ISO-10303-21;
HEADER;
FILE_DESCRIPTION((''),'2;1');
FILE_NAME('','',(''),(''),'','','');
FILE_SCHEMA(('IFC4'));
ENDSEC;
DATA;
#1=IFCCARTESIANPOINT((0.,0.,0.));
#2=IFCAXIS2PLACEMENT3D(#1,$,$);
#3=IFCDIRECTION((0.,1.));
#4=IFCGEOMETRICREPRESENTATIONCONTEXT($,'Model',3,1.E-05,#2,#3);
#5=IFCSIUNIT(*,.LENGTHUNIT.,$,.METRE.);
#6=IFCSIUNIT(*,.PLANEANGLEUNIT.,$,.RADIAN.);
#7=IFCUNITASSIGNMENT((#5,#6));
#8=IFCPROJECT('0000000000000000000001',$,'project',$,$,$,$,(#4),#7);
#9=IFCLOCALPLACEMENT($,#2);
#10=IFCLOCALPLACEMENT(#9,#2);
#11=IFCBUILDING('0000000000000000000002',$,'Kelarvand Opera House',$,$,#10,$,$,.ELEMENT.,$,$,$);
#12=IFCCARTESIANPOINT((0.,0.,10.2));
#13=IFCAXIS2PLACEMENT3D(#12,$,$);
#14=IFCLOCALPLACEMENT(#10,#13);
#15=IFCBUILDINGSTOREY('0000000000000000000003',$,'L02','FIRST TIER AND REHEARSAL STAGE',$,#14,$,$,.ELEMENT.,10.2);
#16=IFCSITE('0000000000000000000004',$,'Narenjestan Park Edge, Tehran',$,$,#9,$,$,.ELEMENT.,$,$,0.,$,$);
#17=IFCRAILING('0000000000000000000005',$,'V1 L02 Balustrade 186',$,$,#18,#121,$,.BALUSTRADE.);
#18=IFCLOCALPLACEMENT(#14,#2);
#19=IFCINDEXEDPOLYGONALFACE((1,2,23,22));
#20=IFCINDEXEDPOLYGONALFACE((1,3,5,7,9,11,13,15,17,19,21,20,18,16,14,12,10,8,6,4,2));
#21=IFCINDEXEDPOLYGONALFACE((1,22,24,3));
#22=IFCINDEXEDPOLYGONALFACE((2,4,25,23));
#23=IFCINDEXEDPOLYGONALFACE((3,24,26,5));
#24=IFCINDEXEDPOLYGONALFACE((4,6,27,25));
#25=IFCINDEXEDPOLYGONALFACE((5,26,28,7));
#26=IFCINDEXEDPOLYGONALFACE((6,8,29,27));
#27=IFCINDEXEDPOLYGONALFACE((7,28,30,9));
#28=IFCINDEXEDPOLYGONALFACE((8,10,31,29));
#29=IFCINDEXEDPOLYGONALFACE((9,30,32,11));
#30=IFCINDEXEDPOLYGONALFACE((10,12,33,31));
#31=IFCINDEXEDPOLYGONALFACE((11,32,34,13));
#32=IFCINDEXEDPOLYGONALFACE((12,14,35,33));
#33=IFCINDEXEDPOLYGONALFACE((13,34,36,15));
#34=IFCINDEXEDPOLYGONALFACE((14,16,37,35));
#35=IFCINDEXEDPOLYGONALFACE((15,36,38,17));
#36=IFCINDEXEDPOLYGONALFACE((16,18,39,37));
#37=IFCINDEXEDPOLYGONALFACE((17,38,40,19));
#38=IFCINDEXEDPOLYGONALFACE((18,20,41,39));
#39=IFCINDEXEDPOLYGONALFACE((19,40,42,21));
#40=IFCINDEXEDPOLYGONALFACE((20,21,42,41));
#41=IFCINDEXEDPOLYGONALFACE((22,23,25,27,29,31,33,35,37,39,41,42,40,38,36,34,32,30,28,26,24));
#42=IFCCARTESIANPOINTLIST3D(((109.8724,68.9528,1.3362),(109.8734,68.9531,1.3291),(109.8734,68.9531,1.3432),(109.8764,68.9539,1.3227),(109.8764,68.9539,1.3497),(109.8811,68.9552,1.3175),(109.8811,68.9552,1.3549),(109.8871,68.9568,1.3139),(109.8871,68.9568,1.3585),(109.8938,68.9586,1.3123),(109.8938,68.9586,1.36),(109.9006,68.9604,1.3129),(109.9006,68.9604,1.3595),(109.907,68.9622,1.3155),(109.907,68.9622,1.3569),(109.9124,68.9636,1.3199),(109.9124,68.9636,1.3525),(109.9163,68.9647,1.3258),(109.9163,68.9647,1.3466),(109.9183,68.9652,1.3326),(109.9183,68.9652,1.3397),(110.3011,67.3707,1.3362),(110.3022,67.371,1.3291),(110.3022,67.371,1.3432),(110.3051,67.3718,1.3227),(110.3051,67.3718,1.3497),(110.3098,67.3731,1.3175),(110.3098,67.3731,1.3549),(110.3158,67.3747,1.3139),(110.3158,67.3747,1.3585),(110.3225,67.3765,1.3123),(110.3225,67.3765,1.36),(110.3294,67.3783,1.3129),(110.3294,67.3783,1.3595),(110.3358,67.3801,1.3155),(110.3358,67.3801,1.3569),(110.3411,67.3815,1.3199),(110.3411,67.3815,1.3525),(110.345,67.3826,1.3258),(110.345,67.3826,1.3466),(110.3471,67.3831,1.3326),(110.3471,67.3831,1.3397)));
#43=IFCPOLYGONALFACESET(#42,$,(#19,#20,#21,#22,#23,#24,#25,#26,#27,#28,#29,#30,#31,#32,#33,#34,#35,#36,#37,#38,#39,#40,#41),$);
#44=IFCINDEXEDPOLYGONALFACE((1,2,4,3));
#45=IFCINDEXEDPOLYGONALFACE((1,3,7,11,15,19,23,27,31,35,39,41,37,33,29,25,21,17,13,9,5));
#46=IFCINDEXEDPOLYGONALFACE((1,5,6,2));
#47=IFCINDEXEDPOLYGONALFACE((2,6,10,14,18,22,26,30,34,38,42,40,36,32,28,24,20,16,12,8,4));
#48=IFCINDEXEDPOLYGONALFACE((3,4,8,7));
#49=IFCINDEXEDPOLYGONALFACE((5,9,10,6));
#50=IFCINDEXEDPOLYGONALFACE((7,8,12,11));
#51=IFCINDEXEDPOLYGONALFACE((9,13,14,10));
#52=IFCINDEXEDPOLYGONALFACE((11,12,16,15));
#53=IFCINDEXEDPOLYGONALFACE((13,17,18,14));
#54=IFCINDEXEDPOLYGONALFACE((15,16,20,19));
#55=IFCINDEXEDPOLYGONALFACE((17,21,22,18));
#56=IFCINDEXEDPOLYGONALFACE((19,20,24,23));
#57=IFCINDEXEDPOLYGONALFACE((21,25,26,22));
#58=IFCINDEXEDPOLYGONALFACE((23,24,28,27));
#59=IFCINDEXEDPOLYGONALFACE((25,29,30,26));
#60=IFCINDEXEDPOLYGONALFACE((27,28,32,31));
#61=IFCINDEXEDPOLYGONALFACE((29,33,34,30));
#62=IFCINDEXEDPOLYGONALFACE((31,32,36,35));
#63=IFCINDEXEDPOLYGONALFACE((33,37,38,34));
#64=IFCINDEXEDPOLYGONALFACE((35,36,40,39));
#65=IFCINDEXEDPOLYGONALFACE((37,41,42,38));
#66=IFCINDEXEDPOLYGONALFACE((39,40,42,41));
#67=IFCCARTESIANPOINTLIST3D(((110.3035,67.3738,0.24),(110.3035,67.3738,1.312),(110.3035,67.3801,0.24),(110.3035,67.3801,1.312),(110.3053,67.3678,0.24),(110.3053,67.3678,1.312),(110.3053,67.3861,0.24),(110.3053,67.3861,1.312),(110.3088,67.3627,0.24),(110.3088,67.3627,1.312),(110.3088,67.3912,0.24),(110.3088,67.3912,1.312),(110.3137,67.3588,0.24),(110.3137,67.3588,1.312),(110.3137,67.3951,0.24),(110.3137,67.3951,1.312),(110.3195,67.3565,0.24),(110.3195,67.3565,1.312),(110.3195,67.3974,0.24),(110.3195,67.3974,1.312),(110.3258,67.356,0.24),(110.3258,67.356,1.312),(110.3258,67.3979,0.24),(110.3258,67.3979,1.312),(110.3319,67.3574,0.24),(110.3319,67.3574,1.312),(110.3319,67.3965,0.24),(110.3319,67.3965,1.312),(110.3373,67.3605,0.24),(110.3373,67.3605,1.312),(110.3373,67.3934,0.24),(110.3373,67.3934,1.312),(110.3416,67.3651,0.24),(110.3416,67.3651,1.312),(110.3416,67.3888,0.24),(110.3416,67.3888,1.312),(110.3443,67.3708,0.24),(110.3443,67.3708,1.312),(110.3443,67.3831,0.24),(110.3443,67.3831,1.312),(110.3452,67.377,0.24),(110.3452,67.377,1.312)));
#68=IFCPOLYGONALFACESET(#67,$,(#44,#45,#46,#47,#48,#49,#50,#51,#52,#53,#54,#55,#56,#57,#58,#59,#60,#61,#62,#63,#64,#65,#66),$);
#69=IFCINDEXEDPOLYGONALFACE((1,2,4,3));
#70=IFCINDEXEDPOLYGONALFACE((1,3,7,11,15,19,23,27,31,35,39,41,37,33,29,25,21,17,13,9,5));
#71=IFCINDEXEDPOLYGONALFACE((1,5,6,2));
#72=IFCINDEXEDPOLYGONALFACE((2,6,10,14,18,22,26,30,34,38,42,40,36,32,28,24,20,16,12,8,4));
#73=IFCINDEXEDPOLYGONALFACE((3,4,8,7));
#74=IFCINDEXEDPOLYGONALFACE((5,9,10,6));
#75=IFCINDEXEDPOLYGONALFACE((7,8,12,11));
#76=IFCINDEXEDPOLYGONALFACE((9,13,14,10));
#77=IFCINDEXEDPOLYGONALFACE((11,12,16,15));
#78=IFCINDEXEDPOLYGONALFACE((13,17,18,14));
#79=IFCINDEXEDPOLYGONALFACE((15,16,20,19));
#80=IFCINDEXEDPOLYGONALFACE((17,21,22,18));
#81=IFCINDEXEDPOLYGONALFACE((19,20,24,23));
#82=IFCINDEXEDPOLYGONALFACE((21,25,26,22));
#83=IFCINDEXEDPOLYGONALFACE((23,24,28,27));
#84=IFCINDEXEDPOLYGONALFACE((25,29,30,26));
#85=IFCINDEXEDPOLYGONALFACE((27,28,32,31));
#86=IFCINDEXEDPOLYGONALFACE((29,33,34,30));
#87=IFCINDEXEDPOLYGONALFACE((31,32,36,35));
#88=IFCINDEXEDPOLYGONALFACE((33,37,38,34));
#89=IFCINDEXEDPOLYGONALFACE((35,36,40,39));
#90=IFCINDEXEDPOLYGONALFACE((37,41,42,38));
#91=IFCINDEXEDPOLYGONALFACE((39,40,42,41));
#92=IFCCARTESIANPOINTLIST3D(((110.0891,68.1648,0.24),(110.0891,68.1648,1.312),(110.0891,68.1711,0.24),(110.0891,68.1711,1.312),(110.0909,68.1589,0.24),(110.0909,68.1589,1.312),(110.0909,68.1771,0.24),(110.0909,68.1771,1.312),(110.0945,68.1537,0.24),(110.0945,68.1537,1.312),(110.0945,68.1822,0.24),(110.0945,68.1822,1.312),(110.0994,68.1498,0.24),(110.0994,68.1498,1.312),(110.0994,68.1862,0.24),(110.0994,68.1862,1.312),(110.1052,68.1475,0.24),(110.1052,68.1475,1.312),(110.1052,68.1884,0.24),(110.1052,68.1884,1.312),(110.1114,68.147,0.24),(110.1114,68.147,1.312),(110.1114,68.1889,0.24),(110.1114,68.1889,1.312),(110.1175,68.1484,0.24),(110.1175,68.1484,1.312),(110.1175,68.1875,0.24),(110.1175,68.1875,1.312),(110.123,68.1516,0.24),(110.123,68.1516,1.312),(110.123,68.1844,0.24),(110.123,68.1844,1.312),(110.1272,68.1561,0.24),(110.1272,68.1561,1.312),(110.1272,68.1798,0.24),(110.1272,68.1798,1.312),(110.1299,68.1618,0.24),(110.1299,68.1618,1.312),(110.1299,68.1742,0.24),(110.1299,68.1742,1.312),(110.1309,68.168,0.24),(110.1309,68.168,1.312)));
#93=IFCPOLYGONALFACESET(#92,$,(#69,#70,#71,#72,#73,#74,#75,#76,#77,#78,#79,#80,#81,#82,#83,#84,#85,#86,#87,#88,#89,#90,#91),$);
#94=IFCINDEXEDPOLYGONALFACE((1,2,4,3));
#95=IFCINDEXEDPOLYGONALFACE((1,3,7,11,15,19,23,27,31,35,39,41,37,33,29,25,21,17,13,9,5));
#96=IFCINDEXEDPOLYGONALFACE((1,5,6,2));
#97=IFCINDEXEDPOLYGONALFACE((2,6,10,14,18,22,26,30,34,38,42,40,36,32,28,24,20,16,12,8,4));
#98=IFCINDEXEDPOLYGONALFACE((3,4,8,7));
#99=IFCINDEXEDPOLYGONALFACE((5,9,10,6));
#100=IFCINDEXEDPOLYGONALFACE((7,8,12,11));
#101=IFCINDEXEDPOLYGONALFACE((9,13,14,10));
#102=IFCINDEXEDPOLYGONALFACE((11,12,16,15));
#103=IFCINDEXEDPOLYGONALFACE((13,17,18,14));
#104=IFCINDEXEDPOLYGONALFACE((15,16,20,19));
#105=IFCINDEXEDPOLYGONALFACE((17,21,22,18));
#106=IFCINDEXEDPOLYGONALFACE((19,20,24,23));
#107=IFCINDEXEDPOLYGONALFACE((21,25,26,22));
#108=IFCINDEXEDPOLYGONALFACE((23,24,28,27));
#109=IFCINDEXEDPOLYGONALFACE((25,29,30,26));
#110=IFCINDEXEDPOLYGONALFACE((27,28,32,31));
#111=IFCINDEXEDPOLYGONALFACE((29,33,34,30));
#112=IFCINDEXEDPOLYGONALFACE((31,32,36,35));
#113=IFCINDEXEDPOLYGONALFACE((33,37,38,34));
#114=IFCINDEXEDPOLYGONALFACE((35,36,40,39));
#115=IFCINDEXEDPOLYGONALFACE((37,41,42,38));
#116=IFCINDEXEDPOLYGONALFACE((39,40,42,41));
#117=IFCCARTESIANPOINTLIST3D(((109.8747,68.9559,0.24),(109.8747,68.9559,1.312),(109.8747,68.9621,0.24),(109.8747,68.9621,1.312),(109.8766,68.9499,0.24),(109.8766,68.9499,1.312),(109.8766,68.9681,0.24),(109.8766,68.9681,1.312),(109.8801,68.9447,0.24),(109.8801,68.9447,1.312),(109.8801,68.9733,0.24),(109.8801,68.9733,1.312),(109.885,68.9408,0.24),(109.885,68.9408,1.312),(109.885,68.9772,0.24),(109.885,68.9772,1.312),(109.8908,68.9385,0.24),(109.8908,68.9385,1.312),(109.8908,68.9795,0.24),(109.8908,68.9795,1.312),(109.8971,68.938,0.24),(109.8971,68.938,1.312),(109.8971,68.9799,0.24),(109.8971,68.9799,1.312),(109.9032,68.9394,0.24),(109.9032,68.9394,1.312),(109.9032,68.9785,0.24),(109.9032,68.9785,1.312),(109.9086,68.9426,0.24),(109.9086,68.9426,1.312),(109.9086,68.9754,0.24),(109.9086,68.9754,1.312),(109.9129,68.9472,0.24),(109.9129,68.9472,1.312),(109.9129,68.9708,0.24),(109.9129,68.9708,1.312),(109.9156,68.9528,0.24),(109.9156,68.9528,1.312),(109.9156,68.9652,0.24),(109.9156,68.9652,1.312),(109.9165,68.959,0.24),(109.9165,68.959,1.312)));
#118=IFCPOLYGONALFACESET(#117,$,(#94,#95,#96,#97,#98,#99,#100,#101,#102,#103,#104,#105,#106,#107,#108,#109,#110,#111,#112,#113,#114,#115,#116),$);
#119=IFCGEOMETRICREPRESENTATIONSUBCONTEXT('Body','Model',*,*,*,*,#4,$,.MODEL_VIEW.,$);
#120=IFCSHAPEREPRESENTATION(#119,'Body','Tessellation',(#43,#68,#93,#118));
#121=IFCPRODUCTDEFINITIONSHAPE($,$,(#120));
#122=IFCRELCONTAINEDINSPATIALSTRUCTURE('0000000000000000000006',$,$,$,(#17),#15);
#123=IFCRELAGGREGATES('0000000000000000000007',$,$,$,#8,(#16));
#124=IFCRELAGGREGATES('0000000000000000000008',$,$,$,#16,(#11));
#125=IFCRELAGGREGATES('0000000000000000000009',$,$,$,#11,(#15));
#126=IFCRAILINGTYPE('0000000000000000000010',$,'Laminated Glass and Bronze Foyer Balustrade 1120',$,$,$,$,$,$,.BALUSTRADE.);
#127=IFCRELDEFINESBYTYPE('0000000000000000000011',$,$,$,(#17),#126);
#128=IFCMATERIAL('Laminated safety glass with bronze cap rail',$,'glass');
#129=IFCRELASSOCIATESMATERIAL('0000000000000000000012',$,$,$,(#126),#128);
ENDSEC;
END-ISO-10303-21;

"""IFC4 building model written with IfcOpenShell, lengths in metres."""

from ifc_helpers import new_model, si_unit, direction, frame, origin, origin_2d, place, context, subcontext, project, spatial, circle, extrude, material, type_object, element, save


model = new_model("IFC4")

# Units and contexts
model_context = context("Model", 3, precision=1e-05, world=origin(), true_north=direction((0.0, 1.0)))
body_context = subcontext(model_context, "Body", "Model", "MODEL_VIEW")
ifc_project = project(units=[si_unit("LENGTHUNIT", "METRE"), si_unit("PLANEANGLEUNIT", "RADIAN")], contexts=[model_context])

# Site, building, storey
site_placement = place(None, origin())
site = spatial("IfcSite", under=ifc_project, at=site_placement, Name="Narenjestan Park Edge, Tehran", CompositionType="ELEMENT", RefElevation=0.0)
building_placement = place(site_placement, origin())
building = spatial("IfcBuilding", under=site, at=building_placement, Name="Kelarvand Opera House", CompositionType="ELEMENT")
storey_placement = place(building_placement, frame((0.0, 0.0, 10.2)))
storey = spatial("IfcBuildingStorey", under=building, at=storey_placement, Name="L02", Description="FIRST TIER AND REHEARSAL STAGE", CompositionType="ELEMENT", Elevation=10.2)

# Railing
ifc_material_1 = material(Name="Laminated safety glass with bronze cap rail", Category="glass")
railing_type = type_object("IfcRailingType", Name="Laminated Glass and Bronze Foyer Balustrade 1120", PredefinedType="BALUSTRADE", material=ifc_material_1)
railing_1_placement = place(storey_placement, frame((110.3242, 67.377, 0.24)))
element("IfcRailing", 1, at=railing_1_placement, inside=storey, type_object=railing_type, Name="V1 L02 Balustrade 186", PredefinedType="BALUSTRADE", context=body_context, shape_type="SweptSolid", body=[
    extrude(circle(Radius=0.0239, at=origin_2d()), frame((0.0, 0.0, 1.0962), z_axis=(-0.261554, 0.965189, 0.0), x_axis=(-0.965189, -0.261554, 0.0)), (0.0, 0.0, 1.0), 1.6392),
    extrude(circle(Radius=0.021, at=origin_2d()), origin(), (0.0, 0.0, 1.0), 1.072),
    extrude(circle(Radius=0.021, at=origin_2d()), frame((-0.2144, 0.791, 0.0)), (0.0, 0.0, 1.0), 1.072),
    extrude(circle(Radius=0.021, at=origin_2d()), frame((-0.4287, 1.582, 0.0)), (0.0, 0.0, 1.0), 1.072),
])

save(model, "model.ifc")
